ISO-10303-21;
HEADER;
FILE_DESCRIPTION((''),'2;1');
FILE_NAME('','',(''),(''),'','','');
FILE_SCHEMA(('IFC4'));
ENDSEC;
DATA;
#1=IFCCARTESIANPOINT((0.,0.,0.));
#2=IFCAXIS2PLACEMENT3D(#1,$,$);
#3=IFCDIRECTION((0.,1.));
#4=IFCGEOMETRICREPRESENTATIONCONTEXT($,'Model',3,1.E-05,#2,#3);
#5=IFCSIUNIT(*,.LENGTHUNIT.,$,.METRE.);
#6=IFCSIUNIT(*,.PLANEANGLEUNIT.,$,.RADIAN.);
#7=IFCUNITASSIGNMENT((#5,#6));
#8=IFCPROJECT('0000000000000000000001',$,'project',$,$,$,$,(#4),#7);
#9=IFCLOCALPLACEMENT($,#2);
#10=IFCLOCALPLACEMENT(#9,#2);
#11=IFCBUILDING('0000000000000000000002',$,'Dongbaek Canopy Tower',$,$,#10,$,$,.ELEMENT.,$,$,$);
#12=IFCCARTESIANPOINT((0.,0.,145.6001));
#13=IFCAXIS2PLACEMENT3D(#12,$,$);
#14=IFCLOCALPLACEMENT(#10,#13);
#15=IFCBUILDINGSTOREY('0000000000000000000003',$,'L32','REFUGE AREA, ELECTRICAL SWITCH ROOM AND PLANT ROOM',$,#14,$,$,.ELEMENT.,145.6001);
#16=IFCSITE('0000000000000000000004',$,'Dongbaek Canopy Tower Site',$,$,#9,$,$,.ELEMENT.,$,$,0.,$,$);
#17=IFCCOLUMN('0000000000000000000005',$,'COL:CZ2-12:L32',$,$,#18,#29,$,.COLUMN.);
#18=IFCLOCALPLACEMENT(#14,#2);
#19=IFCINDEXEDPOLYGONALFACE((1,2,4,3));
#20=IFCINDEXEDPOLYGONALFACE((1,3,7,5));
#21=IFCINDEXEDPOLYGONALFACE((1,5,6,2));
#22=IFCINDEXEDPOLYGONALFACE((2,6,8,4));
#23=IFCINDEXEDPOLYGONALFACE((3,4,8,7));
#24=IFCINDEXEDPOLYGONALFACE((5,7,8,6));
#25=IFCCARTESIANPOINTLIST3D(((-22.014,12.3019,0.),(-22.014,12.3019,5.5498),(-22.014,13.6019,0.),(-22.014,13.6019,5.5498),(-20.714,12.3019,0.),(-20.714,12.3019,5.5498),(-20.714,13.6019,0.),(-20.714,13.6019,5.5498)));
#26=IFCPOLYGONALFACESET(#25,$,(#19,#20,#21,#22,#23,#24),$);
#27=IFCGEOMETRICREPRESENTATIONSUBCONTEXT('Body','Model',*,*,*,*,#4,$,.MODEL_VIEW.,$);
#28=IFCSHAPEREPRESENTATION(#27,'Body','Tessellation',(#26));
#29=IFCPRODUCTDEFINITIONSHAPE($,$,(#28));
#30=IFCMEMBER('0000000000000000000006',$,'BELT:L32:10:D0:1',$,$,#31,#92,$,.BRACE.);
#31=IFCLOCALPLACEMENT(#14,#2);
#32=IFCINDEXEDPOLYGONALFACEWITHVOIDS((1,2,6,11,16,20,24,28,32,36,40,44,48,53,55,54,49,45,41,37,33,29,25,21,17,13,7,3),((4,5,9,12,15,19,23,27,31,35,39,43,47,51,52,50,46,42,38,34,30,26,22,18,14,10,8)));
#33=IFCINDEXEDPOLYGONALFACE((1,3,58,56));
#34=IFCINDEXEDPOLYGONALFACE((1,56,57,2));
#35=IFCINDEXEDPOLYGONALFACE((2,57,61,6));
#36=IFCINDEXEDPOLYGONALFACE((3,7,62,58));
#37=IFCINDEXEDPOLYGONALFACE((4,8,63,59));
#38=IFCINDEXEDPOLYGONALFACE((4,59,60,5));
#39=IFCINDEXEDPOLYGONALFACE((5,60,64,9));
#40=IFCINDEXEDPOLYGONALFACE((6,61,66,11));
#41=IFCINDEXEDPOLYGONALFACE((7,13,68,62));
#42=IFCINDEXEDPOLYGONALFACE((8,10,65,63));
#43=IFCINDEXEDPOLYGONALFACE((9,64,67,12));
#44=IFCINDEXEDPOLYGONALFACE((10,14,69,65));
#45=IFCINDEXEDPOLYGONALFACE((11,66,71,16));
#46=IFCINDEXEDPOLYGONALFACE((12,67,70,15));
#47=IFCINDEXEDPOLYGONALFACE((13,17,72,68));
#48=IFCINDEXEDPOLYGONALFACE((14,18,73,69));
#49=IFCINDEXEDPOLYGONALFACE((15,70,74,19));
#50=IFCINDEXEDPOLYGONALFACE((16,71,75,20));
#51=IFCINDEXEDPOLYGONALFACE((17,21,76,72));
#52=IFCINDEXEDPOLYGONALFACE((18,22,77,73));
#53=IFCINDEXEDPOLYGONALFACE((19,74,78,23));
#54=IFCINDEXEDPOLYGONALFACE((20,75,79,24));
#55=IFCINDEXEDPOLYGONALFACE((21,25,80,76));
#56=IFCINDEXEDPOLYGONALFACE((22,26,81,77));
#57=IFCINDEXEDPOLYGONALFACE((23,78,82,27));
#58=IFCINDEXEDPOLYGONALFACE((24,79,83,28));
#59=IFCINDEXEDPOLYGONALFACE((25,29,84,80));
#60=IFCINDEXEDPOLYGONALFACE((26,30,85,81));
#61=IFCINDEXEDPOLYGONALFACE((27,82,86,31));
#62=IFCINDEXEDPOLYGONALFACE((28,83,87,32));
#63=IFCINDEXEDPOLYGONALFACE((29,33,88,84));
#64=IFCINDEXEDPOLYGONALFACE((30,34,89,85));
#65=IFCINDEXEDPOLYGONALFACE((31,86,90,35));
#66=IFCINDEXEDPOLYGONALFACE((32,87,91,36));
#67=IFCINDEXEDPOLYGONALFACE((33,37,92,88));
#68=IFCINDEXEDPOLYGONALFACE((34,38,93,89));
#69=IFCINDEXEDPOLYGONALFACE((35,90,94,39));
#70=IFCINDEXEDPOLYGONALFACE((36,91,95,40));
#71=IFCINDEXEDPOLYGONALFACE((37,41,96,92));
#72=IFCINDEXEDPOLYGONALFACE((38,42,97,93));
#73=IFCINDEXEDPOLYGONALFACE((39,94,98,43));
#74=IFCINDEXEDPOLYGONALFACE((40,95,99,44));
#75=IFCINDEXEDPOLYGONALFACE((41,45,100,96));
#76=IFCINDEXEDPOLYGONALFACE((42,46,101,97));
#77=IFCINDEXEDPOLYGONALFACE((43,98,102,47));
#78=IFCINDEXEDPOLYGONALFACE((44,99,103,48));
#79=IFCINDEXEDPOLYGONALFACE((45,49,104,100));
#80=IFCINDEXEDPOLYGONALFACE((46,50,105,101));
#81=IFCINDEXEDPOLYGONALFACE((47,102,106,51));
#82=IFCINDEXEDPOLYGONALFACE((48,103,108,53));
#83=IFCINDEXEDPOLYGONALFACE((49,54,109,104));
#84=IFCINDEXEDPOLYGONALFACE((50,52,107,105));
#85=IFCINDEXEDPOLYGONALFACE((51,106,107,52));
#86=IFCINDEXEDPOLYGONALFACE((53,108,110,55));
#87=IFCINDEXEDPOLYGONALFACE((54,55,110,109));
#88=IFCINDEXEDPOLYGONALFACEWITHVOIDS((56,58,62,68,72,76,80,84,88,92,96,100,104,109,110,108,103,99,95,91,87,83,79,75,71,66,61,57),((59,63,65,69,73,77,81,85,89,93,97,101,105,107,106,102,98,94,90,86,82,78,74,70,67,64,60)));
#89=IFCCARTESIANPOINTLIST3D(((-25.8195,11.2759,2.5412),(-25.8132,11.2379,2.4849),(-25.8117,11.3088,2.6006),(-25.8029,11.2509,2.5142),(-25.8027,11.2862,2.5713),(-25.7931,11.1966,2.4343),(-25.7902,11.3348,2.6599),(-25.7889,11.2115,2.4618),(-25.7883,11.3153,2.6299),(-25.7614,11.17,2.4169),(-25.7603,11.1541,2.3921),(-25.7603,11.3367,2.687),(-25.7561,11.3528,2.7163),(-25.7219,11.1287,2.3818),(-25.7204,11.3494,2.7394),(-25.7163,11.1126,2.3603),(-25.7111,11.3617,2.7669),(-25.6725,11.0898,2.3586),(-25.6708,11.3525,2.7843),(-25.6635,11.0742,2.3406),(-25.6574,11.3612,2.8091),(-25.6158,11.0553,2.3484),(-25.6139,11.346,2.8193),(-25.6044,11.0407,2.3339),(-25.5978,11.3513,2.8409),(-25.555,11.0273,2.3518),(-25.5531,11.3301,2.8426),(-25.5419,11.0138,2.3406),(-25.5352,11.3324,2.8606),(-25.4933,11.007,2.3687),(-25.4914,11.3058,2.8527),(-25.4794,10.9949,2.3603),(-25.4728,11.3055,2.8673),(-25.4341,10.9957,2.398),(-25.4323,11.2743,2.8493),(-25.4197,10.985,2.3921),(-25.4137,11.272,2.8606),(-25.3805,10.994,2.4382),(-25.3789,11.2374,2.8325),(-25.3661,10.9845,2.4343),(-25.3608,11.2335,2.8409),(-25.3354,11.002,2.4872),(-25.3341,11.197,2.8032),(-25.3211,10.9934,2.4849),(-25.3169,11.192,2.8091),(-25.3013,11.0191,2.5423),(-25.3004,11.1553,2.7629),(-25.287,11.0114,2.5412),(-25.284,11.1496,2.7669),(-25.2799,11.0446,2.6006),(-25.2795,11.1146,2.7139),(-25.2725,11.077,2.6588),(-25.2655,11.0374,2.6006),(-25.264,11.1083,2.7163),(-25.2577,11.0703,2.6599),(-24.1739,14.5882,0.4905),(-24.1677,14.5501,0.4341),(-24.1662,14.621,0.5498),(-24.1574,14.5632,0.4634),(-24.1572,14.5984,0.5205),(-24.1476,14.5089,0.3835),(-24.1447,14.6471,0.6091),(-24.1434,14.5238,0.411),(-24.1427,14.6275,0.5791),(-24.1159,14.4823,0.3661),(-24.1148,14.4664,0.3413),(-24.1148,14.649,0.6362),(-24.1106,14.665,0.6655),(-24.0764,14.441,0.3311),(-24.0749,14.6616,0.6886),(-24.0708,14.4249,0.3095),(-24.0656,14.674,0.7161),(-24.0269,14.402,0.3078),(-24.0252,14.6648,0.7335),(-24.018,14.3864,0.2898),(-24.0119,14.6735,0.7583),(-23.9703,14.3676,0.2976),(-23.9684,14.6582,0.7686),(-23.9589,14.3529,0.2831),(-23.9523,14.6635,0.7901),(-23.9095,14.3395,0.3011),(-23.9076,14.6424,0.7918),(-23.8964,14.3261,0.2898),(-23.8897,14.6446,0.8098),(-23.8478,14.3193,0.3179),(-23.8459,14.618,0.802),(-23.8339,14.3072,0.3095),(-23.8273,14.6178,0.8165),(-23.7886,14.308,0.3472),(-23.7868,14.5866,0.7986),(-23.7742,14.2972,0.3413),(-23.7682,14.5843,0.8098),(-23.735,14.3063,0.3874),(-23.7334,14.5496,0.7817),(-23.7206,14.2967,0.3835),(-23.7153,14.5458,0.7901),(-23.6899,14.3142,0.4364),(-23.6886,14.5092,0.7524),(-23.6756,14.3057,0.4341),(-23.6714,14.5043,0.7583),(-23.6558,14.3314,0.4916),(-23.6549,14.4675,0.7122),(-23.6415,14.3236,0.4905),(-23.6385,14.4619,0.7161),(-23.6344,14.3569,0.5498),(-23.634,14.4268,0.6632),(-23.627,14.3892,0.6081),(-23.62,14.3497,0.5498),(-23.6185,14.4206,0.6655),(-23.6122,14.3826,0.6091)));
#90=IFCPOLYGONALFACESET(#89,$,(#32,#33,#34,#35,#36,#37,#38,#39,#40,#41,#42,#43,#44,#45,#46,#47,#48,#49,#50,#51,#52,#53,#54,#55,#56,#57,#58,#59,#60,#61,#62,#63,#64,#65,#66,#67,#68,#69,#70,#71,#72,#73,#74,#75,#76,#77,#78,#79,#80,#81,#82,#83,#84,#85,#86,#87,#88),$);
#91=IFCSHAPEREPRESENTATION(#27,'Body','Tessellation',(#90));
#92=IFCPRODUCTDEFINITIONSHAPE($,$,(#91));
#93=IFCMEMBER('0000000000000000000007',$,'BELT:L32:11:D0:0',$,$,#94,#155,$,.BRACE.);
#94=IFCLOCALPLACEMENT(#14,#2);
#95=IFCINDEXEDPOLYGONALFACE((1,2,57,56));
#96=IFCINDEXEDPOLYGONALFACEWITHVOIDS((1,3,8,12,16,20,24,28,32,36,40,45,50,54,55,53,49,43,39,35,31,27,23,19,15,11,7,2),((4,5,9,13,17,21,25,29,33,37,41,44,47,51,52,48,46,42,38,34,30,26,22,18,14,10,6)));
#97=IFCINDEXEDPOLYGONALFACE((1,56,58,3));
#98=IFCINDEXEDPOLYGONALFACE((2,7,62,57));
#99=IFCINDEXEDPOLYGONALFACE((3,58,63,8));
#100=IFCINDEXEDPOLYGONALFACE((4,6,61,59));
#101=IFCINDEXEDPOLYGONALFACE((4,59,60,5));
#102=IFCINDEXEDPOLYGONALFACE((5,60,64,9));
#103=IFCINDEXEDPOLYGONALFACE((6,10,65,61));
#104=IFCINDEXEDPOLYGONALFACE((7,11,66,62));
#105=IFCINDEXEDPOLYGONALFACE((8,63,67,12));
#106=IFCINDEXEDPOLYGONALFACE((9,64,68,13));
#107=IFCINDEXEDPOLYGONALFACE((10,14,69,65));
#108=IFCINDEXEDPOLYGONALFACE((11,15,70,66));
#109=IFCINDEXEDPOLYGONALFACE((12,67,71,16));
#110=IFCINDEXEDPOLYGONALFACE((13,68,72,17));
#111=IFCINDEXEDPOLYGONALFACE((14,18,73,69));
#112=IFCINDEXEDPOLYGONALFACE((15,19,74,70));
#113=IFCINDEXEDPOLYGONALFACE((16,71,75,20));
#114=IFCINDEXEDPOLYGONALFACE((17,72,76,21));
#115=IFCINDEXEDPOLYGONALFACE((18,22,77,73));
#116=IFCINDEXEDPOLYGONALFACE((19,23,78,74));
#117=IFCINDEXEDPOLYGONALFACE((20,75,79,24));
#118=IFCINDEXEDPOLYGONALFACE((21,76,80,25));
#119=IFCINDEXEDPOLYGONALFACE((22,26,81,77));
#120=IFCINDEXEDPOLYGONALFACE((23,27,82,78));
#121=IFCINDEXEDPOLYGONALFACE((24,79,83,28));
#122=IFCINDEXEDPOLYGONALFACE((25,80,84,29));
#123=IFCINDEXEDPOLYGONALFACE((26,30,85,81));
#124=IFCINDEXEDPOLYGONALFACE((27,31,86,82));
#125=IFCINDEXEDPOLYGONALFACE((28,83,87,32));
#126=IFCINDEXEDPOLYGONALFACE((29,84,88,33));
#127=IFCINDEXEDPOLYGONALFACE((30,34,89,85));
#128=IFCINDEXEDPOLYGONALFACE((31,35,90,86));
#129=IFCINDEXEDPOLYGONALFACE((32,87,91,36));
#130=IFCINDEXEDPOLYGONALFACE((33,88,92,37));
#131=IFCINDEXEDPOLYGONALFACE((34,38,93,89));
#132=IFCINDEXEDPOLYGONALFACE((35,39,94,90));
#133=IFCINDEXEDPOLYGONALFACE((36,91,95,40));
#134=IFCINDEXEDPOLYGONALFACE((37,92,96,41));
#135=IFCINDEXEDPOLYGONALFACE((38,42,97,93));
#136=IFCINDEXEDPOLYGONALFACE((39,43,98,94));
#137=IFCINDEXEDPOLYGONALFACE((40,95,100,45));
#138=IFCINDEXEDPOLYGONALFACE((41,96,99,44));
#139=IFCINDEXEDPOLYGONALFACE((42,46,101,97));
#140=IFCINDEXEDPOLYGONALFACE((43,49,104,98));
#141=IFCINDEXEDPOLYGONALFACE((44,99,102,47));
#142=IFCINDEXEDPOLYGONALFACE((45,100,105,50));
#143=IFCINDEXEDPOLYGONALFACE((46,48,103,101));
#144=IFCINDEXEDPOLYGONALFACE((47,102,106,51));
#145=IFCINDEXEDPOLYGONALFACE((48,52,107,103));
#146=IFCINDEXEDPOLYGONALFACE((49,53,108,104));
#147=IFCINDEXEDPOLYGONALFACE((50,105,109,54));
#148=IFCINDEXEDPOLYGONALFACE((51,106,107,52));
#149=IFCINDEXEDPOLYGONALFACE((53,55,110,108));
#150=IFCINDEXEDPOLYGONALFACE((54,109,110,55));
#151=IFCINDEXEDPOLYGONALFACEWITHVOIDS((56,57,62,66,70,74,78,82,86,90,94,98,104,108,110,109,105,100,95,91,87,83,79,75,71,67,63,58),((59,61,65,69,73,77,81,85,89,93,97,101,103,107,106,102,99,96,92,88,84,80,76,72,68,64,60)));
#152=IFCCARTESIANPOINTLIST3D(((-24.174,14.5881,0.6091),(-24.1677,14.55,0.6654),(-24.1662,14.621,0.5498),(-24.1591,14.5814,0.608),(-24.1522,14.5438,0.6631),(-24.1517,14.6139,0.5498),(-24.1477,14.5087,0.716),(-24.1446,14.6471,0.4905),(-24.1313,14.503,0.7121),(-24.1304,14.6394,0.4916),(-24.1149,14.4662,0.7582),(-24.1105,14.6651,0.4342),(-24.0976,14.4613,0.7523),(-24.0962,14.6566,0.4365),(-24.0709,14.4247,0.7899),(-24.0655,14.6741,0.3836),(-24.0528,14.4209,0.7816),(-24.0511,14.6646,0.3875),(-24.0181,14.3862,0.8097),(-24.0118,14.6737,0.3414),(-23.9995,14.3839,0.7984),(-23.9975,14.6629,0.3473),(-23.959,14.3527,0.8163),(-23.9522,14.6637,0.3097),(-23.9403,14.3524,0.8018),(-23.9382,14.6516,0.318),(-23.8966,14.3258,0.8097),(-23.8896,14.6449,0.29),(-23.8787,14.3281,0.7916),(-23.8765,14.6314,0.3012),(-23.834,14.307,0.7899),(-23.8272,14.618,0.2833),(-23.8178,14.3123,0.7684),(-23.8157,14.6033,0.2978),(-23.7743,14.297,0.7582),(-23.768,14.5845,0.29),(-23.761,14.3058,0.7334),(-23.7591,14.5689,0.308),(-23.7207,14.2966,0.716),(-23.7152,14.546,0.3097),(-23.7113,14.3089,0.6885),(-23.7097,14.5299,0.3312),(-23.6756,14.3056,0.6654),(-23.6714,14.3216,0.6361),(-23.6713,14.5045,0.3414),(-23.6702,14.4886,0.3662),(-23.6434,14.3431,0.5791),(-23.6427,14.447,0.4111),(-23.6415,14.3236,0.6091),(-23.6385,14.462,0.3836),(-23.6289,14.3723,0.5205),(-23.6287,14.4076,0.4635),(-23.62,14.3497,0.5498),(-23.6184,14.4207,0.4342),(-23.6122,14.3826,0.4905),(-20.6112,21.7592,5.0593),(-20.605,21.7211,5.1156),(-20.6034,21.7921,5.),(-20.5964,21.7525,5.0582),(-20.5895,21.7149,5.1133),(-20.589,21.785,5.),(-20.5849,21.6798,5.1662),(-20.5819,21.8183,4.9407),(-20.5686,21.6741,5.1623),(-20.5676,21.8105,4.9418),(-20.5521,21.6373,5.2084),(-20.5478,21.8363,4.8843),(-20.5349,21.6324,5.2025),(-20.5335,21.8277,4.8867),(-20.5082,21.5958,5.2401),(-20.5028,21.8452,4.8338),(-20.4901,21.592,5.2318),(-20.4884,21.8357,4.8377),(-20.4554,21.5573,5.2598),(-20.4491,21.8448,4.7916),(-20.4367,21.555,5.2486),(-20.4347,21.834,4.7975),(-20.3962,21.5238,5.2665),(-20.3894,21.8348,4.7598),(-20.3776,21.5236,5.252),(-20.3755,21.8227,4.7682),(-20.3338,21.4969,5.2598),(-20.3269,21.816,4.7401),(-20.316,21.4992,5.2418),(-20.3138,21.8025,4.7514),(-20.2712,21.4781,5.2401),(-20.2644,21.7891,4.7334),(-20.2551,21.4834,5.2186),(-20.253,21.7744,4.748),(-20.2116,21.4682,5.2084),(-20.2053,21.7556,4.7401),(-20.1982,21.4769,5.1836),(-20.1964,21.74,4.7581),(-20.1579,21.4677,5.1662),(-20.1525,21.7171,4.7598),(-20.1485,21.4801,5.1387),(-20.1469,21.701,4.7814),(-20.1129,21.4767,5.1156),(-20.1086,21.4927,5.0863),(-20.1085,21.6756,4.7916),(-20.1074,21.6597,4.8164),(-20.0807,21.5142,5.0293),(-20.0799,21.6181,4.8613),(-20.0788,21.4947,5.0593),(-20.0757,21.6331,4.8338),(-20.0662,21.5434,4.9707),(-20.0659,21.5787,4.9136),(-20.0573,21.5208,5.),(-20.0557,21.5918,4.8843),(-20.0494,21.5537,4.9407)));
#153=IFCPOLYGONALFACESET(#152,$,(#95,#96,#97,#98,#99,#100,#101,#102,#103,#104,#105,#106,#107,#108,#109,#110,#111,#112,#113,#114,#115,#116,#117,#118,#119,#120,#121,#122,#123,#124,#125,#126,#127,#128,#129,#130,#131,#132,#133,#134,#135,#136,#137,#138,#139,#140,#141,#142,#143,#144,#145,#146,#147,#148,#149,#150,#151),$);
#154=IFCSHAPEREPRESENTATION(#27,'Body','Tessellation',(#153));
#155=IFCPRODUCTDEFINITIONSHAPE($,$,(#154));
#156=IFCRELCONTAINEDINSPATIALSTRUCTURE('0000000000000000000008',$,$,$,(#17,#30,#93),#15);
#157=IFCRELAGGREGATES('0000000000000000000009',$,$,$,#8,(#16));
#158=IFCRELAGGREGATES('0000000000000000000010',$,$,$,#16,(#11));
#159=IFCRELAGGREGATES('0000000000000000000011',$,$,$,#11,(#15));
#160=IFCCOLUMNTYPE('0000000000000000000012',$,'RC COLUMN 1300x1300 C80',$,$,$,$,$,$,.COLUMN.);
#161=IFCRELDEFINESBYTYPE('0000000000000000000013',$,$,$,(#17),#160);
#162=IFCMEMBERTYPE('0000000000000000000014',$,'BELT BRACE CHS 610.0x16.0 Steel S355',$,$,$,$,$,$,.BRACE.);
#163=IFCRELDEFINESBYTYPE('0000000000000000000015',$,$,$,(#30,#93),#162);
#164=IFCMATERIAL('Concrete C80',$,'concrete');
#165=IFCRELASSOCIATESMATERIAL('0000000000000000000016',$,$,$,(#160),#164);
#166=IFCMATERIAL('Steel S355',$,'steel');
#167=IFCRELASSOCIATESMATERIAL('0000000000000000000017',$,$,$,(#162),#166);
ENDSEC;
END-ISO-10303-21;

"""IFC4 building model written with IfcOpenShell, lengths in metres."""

from ifc_helpers import new_model, si_unit, direction, frame, origin, origin_2d, place, context, subcontext, project, spatial, rectangle, hollow_circle, extrude, material, material_profile, profile_set, type_object, element, save


model = new_model("IFC4")

# Units and contexts
model_context = context("Model", 3, precision=1e-05, world=origin(), true_north=direction((0.0, 1.0)))
body_context = subcontext(model_context, "Body", "Model", "MODEL_VIEW")
ifc_project = project(units=[si_unit("LENGTHUNIT", "METRE"), si_unit("PLANEANGLEUNIT", "RADIAN")], contexts=[model_context])

# Site, building, storey
site_placement = place(None, origin())
site = spatial("IfcSite", under=ifc_project, at=site_placement, Name="Dongbaek Canopy Tower Site", CompositionType="ELEMENT", RefElevation=0.0)
building_placement = place(site_placement, origin())
building = spatial("IfcBuilding", under=site, at=building_placement, Name="Dongbaek Canopy Tower", CompositionType="ELEMENT")
storey_placement = place(building_placement, frame((0.0, 0.0, 145.6001)))
storey = spatial("IfcBuildingStorey", under=building, at=storey_placement, Name="L32", Description="REFUGE AREA, ELECTRICAL SWITCH ROOM AND PLANT ROOM", CompositionType="ELEMENT", Elevation=145.6001)

# Column
ifc_material_1 = material(Name="Concrete C80", Category="concrete")
ifc_material_profile_1 = material_profile(ifc_material_1, rectangle(XDim=1.3, YDim=1.3, at=origin_2d()), Name="RC COLUMN 1300x1300 C80")
ifc_profile_set_1 = profile_set([ifc_material_profile_1], Name="Concrete C80")
column_type = type_object("IfcColumnType", Name="RC COLUMN 1300x1300 C80", PredefinedType="COLUMN", material=ifc_profile_set_1)
column_placement = place(storey_placement, frame((-21.364, 12.9519, 0.0), z_axis=(0.0, 0.0, 1.0), x_axis=(1.0, 0.0, 0.0)))
element("IfcColumn", 1, at=column_placement, inside=storey, type_object=column_type, Name="COL:CZ2-12:L32", PredefinedType="COLUMN", context=body_context, shape_type="SweptSolid", body=[
    extrude(rectangle(XDim=1.3, YDim=1.3, at=origin_2d()), origin(), (0.0, 0.0, 1.0), 5.5498),
])

# Members
ifc_material_2 = material(Name="Steel S355", Category="steel")
ifc_material_profile_2 = material_profile(ifc_material_2, hollow_circle(Radius=0.3049, WallThickness=0.0161, at=origin_2d()), Name="BELT BRACE CHS 610.0x16.0 Steel S355")
ifc_profile_set_2 = profile_set([ifc_material_profile_2], Name="Steel S355")
member_type_1 = type_object("IfcMemberType", Name="BELT BRACE CHS 610.0x16.0 Steel S355", PredefinedType="BRACE", material=ifc_profile_set_2)
member_1_placement = place(storey_placement, frame((-23.8931, 14.4854, 0.5498), z_axis=(-0.389101, -0.783224, 0.484933), x_axis=(0.895573, -0.444915, 0.0)))
element("IfcMember", 2, at=member_1_placement, inside=storey, type_object=member_type_1, Name="BELT:L32:10:D0:1", PredefinedType="BRACE", context=body_context, shape_type="SweptSolid", body=[
    extrude(hollow_circle(Radius=0.3049, WallThickness=0.0161, at=origin_2d()), origin(), (0.0, 0.0, 1.0), 4.229),
])
member_2_placement = place(storey_placement, frame((-23.8931, 14.4854, 0.5498), z_axis=(0.388906, 0.782796, 0.48578), x_axis=(-0.895565, 0.444932, 0.0)))
element("IfcMember", 3, at=member_2_placement, inside=storey, type_object=member_type_1, Name="BELT:L32:11:D0:0", PredefinedType="BRACE", context=body_context, shape_type="SweptSolid", body=[
    extrude(hollow_circle(Radius=0.3049, WallThickness=0.0161, at=origin_2d()), origin(), (0.0, 0.0, 1.0), 9.1609),
])

save(model, "model.ifc")
